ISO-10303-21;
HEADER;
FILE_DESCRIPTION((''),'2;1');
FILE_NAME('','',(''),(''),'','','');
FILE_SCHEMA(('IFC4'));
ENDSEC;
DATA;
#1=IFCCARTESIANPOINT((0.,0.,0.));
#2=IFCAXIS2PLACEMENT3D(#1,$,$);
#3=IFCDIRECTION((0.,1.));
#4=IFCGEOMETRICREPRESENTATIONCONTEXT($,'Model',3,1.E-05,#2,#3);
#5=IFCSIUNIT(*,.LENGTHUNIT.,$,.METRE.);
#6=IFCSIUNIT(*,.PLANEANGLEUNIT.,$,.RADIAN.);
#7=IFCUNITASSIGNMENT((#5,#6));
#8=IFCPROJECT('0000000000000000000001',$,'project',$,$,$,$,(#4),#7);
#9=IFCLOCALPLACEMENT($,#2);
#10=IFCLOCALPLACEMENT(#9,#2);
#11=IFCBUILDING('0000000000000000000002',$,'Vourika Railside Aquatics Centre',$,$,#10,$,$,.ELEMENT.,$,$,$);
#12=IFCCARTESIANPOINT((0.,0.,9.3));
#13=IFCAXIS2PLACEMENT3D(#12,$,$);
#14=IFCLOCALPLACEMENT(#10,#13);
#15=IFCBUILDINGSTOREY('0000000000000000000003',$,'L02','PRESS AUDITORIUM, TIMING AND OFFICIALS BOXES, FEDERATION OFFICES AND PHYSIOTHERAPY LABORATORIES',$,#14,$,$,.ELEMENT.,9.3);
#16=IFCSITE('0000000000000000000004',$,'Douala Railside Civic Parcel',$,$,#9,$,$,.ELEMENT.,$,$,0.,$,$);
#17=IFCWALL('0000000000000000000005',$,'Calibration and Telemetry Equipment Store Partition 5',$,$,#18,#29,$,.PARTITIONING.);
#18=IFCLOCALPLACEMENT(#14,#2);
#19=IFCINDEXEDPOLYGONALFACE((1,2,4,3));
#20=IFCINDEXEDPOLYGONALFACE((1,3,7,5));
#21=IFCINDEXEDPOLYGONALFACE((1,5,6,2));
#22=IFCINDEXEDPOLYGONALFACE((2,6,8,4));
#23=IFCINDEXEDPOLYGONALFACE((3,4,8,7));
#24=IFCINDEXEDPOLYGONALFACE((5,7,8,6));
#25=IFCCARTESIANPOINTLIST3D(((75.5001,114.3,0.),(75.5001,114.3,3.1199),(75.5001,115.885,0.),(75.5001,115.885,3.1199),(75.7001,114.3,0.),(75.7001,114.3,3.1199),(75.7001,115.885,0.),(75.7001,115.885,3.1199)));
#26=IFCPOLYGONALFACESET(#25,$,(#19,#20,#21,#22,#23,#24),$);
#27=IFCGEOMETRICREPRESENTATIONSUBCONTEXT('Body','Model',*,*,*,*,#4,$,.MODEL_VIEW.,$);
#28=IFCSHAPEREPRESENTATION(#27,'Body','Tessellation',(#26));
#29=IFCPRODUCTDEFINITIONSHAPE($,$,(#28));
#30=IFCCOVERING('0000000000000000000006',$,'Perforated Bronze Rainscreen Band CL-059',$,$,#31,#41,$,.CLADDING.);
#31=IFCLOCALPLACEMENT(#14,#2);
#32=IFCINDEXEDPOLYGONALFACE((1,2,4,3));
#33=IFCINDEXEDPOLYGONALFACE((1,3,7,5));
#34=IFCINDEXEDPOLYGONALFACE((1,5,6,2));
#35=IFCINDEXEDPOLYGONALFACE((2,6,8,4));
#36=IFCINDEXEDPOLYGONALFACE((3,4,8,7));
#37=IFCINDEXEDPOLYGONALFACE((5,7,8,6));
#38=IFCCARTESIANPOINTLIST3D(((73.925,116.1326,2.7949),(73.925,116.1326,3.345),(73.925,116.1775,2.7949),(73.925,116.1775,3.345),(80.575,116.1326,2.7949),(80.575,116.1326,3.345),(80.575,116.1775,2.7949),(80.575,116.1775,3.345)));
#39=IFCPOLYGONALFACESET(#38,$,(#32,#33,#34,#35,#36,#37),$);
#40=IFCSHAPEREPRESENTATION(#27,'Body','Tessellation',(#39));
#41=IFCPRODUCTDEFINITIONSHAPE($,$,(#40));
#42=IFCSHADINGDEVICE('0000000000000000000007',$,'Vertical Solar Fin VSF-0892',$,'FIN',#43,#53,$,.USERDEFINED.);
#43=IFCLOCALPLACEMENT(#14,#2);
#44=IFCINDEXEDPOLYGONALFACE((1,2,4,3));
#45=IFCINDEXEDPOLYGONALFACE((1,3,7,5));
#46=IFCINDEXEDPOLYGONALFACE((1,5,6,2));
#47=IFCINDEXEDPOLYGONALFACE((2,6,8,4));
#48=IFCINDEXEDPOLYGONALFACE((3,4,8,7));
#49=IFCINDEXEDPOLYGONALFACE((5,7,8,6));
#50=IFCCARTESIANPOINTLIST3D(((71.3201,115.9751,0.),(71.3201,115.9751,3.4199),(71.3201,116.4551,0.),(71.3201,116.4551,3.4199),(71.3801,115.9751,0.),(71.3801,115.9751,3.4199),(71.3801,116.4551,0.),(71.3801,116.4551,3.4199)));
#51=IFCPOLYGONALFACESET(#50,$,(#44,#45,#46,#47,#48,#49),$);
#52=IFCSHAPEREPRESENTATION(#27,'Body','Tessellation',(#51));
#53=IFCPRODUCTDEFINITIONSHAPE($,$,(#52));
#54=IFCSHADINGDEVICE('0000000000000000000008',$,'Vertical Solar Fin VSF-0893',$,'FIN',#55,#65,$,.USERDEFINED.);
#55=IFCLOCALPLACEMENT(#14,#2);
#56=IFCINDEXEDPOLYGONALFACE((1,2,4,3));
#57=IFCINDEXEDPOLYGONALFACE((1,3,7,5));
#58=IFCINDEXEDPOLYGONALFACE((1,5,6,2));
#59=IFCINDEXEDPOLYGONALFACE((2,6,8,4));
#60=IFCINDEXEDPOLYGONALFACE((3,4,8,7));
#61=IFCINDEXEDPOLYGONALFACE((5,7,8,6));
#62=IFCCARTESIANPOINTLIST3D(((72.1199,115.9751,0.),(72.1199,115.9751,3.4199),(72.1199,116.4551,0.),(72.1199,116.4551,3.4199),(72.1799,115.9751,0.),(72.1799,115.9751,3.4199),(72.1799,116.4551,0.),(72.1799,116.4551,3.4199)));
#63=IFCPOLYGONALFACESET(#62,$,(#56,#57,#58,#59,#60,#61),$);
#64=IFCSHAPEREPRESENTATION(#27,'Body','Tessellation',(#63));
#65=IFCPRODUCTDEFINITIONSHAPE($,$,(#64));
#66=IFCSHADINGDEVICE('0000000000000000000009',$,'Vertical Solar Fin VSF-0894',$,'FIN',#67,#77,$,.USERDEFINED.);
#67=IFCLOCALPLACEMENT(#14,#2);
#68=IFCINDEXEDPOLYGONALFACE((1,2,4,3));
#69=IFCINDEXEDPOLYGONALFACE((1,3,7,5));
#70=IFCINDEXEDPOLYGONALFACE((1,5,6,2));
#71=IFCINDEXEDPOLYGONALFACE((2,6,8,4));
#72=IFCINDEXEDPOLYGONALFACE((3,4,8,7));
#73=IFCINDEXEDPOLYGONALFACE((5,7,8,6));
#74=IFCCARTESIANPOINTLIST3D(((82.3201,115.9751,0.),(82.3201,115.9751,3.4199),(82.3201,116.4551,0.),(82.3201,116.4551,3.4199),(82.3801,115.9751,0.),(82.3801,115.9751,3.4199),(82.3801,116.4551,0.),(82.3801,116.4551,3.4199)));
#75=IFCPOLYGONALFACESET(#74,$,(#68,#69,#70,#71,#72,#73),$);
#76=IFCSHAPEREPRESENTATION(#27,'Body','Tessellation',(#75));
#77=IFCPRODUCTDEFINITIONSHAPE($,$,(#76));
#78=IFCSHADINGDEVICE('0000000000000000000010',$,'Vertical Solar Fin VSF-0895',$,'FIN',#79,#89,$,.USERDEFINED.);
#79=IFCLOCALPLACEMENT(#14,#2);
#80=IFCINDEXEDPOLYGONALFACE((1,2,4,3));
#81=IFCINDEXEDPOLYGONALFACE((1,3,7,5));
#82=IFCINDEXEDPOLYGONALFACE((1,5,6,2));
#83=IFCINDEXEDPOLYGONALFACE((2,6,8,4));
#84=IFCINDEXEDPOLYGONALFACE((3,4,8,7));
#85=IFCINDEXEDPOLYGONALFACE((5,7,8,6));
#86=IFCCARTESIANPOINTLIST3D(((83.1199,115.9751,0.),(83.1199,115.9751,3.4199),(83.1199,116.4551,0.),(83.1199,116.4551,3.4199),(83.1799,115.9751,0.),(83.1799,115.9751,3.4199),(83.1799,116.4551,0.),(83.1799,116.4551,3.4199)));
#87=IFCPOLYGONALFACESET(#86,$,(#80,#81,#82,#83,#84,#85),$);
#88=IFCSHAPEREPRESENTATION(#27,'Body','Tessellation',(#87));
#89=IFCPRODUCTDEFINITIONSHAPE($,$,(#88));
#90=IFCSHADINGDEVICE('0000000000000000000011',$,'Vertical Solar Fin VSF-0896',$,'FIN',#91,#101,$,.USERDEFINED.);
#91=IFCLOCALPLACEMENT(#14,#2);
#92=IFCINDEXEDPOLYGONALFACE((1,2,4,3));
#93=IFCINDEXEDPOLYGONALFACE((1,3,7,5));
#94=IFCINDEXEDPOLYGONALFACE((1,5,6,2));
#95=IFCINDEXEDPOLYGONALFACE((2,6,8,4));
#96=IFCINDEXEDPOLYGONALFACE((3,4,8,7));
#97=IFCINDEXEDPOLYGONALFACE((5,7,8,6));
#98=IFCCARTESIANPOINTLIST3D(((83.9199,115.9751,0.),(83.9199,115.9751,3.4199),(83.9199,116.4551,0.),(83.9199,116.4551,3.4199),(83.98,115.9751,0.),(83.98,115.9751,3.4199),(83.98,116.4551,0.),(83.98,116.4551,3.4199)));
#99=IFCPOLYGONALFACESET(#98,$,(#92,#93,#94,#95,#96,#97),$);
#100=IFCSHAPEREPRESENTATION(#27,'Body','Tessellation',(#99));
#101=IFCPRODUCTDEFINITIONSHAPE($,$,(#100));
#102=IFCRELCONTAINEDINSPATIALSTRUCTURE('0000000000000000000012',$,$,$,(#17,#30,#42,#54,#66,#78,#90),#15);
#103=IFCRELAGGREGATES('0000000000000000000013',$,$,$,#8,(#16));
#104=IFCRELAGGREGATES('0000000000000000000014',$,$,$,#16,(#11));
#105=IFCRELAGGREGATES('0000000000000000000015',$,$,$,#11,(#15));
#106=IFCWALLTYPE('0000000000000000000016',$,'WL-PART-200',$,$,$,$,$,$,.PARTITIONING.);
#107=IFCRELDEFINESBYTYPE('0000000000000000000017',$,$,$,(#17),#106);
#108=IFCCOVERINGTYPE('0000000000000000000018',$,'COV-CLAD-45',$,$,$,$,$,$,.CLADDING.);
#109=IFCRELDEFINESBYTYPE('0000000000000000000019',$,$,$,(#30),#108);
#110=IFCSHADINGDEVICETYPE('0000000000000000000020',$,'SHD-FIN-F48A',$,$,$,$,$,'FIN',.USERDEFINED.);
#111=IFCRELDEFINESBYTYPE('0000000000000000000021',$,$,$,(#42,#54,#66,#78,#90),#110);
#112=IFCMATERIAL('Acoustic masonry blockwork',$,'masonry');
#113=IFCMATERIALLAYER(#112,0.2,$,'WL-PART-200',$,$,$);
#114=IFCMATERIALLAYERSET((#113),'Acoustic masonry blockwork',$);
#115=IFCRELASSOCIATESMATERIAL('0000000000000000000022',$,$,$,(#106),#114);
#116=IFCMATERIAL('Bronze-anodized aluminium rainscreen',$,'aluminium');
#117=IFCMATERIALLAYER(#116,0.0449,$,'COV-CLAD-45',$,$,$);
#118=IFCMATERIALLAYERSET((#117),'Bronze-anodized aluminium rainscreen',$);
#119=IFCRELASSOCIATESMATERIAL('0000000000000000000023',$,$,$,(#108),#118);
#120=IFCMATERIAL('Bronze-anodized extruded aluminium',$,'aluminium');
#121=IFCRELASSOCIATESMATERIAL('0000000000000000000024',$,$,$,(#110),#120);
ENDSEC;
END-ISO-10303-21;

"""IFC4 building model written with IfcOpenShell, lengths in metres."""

from ifc_helpers import new_model, si_unit, direction, frame, frame_2d, origin, origin_2d, place, context, subcontext, project, spatial, rectangle, extrude, material, layer, layer_set, material_profile, profile_set, type_object, element, save


model = new_model("IFC4")

# Units and contexts
model_context = context("Model", 3, precision=1e-05, world=origin(), true_north=direction((0.0, 1.0)))
body_context = subcontext(model_context, "Body", "Model", "MODEL_VIEW")
ifc_project = project(units=[si_unit("LENGTHUNIT", "METRE"), si_unit("PLANEANGLEUNIT", "RADIAN")], contexts=[model_context])

# Site, building, storey
site_placement = place(None, origin())
site = spatial("IfcSite", under=ifc_project, at=site_placement, Name="Douala Railside Civic Parcel", CompositionType="ELEMENT", RefElevation=0.0)
building_placement = place(site_placement, origin())
building = spatial("IfcBuilding", under=site, at=building_placement, Name="Vourika Railside Aquatics Centre", CompositionType="ELEMENT")
storey_placement = place(building_placement, frame((0.0, 0.0, 9.3)))
storey = spatial("IfcBuildingStorey", under=building, at=storey_placement, Name="L02", Description="PRESS AUDITORIUM, TIMING AND OFFICIALS BOXES, FEDERATION OFFICES AND PHYSIOTHERAPY LABORATORIES", CompositionType="ELEMENT", Elevation=9.3)

# Wall
ifc_material_1 = material(Name="Acoustic masonry blockwork", Category="masonry")
ifc_layer_1 = layer(ifc_material_1, 0.2, Name="WL-PART-200")
ifc_layer_set_1 = layer_set([ifc_layer_1], Name="Acoustic masonry blockwork")
wall_type_1 = type_object("IfcWallType", Name="WL-PART-200", PredefinedType="PARTITIONING", material=ifc_layer_set_1)
wall_1_placement = place(storey_placement, frame((75.6001, 115.885, 0.0), z_axis=(0.0, 0.0, 1.0), x_axis=(0.0, -1.0, 0.0)))
element("IfcWall", 1, at=wall_1_placement, inside=storey, type_object=wall_type_1, Name="Calibration and Telemetry Equipment Store Partition 5", PredefinedType="PARTITIONING", context=body_context, shape_type="SweptSolid", body=[
    extrude(rectangle(XDim=1.585, YDim=0.2, at=frame_2d((0.7925, 0.0))), origin(), (0.0, 0.0, 1.0), 3.1199),
])

# Covering
ifc_material_2 = material(Name="Bronze-anodized aluminium rainscreen", Category="aluminium")
ifc_layer_2 = layer(ifc_material_2, 0.0449, Name="COV-CLAD-45")
ifc_layer_set_2 = layer_set([ifc_layer_2], Name="Bronze-anodized aluminium rainscreen")
covering_type = type_object("IfcCoveringType", Name="COV-CLAD-45", PredefinedType="CLADDING", material=ifc_layer_set_2)
covering_placement = place(storey_placement, frame((77.25, 116.155, 2.7949), z_axis=(0.0, 0.0, 1.0), x_axis=(-1.0, 0.0, 0.0)))
element("IfcCovering", 2, at=covering_placement, inside=storey, type_object=covering_type, Name="Perforated Bronze Rainscreen Band CL-059", PredefinedType="CLADDING", context=body_context, shape_type="SweptSolid", body=[
    extrude(rectangle(XDim=6.6499, YDim=0.0449, at=origin_2d()), origin(), (0.0, 0.0, 1.0), 0.55),
])

# Shading devices
ifc_material_3 = material(Name="Bronze-anodized extruded aluminium", Category="aluminium")
ifc_material_profile_1 = material_profile(ifc_material_3, rectangle(XDim=0.0601, YDim=0.48, at=origin_2d()), Name="ALU-FIN 60x480")
ifc_profile_set_1 = profile_set([ifc_material_profile_1], Name="Bronze-anodized extruded aluminium")
shading_device_type = type_object("IfcShadingDeviceType", Name="SHD-FIN-F48A", ElementType="FIN", PredefinedType="USERDEFINED", material=ifc_profile_set_1)
for number, where, z_axis, x_axis, name in (
    (3, (71.3501, 116.2151, 0.0), (0.0, 0.0, 1.0), (1.0, 0.0, 0.0), "Vertical Solar Fin VSF-0892"),
    (4, (72.1499, 116.2151, 0.0), (0.0, 0.0, 1.0), (1.0, 0.0, 0.0), "Vertical Solar Fin VSF-0893"),
    (5, (82.3501, 116.2151, 0.0), (0.0, 0.0, 1.0), (1.0, 0.0, 0.0), "Vertical Solar Fin VSF-0894"),
    (6, (83.1499, 116.2151, 0.0), (0.0, 0.0, 1.0), (1.0, 0.0, 0.0), "Vertical Solar Fin VSF-0895"),
    (7, (83.95, 116.2151, 0.0), (0.0, 0.0, 1.0), (1.0, 0.0, 0.0), "Vertical Solar Fin VSF-0896"),
):
    element("IfcShadingDevice", number, at=place(storey_placement, frame(where, z_axis=z_axis, x_axis=x_axis)), inside=storey, type_object=shading_device_type, Name=name, ObjectType="FIN", PredefinedType="USERDEFINED", context=body_context, shape_type="SweptSolid", body=[
        extrude(rectangle(XDim=0.0601, YDim=0.48, at=origin_2d()), origin(), (0.0, 0.0, 1.0), 3.4199),
    ])

save(model, "model.ifc")
